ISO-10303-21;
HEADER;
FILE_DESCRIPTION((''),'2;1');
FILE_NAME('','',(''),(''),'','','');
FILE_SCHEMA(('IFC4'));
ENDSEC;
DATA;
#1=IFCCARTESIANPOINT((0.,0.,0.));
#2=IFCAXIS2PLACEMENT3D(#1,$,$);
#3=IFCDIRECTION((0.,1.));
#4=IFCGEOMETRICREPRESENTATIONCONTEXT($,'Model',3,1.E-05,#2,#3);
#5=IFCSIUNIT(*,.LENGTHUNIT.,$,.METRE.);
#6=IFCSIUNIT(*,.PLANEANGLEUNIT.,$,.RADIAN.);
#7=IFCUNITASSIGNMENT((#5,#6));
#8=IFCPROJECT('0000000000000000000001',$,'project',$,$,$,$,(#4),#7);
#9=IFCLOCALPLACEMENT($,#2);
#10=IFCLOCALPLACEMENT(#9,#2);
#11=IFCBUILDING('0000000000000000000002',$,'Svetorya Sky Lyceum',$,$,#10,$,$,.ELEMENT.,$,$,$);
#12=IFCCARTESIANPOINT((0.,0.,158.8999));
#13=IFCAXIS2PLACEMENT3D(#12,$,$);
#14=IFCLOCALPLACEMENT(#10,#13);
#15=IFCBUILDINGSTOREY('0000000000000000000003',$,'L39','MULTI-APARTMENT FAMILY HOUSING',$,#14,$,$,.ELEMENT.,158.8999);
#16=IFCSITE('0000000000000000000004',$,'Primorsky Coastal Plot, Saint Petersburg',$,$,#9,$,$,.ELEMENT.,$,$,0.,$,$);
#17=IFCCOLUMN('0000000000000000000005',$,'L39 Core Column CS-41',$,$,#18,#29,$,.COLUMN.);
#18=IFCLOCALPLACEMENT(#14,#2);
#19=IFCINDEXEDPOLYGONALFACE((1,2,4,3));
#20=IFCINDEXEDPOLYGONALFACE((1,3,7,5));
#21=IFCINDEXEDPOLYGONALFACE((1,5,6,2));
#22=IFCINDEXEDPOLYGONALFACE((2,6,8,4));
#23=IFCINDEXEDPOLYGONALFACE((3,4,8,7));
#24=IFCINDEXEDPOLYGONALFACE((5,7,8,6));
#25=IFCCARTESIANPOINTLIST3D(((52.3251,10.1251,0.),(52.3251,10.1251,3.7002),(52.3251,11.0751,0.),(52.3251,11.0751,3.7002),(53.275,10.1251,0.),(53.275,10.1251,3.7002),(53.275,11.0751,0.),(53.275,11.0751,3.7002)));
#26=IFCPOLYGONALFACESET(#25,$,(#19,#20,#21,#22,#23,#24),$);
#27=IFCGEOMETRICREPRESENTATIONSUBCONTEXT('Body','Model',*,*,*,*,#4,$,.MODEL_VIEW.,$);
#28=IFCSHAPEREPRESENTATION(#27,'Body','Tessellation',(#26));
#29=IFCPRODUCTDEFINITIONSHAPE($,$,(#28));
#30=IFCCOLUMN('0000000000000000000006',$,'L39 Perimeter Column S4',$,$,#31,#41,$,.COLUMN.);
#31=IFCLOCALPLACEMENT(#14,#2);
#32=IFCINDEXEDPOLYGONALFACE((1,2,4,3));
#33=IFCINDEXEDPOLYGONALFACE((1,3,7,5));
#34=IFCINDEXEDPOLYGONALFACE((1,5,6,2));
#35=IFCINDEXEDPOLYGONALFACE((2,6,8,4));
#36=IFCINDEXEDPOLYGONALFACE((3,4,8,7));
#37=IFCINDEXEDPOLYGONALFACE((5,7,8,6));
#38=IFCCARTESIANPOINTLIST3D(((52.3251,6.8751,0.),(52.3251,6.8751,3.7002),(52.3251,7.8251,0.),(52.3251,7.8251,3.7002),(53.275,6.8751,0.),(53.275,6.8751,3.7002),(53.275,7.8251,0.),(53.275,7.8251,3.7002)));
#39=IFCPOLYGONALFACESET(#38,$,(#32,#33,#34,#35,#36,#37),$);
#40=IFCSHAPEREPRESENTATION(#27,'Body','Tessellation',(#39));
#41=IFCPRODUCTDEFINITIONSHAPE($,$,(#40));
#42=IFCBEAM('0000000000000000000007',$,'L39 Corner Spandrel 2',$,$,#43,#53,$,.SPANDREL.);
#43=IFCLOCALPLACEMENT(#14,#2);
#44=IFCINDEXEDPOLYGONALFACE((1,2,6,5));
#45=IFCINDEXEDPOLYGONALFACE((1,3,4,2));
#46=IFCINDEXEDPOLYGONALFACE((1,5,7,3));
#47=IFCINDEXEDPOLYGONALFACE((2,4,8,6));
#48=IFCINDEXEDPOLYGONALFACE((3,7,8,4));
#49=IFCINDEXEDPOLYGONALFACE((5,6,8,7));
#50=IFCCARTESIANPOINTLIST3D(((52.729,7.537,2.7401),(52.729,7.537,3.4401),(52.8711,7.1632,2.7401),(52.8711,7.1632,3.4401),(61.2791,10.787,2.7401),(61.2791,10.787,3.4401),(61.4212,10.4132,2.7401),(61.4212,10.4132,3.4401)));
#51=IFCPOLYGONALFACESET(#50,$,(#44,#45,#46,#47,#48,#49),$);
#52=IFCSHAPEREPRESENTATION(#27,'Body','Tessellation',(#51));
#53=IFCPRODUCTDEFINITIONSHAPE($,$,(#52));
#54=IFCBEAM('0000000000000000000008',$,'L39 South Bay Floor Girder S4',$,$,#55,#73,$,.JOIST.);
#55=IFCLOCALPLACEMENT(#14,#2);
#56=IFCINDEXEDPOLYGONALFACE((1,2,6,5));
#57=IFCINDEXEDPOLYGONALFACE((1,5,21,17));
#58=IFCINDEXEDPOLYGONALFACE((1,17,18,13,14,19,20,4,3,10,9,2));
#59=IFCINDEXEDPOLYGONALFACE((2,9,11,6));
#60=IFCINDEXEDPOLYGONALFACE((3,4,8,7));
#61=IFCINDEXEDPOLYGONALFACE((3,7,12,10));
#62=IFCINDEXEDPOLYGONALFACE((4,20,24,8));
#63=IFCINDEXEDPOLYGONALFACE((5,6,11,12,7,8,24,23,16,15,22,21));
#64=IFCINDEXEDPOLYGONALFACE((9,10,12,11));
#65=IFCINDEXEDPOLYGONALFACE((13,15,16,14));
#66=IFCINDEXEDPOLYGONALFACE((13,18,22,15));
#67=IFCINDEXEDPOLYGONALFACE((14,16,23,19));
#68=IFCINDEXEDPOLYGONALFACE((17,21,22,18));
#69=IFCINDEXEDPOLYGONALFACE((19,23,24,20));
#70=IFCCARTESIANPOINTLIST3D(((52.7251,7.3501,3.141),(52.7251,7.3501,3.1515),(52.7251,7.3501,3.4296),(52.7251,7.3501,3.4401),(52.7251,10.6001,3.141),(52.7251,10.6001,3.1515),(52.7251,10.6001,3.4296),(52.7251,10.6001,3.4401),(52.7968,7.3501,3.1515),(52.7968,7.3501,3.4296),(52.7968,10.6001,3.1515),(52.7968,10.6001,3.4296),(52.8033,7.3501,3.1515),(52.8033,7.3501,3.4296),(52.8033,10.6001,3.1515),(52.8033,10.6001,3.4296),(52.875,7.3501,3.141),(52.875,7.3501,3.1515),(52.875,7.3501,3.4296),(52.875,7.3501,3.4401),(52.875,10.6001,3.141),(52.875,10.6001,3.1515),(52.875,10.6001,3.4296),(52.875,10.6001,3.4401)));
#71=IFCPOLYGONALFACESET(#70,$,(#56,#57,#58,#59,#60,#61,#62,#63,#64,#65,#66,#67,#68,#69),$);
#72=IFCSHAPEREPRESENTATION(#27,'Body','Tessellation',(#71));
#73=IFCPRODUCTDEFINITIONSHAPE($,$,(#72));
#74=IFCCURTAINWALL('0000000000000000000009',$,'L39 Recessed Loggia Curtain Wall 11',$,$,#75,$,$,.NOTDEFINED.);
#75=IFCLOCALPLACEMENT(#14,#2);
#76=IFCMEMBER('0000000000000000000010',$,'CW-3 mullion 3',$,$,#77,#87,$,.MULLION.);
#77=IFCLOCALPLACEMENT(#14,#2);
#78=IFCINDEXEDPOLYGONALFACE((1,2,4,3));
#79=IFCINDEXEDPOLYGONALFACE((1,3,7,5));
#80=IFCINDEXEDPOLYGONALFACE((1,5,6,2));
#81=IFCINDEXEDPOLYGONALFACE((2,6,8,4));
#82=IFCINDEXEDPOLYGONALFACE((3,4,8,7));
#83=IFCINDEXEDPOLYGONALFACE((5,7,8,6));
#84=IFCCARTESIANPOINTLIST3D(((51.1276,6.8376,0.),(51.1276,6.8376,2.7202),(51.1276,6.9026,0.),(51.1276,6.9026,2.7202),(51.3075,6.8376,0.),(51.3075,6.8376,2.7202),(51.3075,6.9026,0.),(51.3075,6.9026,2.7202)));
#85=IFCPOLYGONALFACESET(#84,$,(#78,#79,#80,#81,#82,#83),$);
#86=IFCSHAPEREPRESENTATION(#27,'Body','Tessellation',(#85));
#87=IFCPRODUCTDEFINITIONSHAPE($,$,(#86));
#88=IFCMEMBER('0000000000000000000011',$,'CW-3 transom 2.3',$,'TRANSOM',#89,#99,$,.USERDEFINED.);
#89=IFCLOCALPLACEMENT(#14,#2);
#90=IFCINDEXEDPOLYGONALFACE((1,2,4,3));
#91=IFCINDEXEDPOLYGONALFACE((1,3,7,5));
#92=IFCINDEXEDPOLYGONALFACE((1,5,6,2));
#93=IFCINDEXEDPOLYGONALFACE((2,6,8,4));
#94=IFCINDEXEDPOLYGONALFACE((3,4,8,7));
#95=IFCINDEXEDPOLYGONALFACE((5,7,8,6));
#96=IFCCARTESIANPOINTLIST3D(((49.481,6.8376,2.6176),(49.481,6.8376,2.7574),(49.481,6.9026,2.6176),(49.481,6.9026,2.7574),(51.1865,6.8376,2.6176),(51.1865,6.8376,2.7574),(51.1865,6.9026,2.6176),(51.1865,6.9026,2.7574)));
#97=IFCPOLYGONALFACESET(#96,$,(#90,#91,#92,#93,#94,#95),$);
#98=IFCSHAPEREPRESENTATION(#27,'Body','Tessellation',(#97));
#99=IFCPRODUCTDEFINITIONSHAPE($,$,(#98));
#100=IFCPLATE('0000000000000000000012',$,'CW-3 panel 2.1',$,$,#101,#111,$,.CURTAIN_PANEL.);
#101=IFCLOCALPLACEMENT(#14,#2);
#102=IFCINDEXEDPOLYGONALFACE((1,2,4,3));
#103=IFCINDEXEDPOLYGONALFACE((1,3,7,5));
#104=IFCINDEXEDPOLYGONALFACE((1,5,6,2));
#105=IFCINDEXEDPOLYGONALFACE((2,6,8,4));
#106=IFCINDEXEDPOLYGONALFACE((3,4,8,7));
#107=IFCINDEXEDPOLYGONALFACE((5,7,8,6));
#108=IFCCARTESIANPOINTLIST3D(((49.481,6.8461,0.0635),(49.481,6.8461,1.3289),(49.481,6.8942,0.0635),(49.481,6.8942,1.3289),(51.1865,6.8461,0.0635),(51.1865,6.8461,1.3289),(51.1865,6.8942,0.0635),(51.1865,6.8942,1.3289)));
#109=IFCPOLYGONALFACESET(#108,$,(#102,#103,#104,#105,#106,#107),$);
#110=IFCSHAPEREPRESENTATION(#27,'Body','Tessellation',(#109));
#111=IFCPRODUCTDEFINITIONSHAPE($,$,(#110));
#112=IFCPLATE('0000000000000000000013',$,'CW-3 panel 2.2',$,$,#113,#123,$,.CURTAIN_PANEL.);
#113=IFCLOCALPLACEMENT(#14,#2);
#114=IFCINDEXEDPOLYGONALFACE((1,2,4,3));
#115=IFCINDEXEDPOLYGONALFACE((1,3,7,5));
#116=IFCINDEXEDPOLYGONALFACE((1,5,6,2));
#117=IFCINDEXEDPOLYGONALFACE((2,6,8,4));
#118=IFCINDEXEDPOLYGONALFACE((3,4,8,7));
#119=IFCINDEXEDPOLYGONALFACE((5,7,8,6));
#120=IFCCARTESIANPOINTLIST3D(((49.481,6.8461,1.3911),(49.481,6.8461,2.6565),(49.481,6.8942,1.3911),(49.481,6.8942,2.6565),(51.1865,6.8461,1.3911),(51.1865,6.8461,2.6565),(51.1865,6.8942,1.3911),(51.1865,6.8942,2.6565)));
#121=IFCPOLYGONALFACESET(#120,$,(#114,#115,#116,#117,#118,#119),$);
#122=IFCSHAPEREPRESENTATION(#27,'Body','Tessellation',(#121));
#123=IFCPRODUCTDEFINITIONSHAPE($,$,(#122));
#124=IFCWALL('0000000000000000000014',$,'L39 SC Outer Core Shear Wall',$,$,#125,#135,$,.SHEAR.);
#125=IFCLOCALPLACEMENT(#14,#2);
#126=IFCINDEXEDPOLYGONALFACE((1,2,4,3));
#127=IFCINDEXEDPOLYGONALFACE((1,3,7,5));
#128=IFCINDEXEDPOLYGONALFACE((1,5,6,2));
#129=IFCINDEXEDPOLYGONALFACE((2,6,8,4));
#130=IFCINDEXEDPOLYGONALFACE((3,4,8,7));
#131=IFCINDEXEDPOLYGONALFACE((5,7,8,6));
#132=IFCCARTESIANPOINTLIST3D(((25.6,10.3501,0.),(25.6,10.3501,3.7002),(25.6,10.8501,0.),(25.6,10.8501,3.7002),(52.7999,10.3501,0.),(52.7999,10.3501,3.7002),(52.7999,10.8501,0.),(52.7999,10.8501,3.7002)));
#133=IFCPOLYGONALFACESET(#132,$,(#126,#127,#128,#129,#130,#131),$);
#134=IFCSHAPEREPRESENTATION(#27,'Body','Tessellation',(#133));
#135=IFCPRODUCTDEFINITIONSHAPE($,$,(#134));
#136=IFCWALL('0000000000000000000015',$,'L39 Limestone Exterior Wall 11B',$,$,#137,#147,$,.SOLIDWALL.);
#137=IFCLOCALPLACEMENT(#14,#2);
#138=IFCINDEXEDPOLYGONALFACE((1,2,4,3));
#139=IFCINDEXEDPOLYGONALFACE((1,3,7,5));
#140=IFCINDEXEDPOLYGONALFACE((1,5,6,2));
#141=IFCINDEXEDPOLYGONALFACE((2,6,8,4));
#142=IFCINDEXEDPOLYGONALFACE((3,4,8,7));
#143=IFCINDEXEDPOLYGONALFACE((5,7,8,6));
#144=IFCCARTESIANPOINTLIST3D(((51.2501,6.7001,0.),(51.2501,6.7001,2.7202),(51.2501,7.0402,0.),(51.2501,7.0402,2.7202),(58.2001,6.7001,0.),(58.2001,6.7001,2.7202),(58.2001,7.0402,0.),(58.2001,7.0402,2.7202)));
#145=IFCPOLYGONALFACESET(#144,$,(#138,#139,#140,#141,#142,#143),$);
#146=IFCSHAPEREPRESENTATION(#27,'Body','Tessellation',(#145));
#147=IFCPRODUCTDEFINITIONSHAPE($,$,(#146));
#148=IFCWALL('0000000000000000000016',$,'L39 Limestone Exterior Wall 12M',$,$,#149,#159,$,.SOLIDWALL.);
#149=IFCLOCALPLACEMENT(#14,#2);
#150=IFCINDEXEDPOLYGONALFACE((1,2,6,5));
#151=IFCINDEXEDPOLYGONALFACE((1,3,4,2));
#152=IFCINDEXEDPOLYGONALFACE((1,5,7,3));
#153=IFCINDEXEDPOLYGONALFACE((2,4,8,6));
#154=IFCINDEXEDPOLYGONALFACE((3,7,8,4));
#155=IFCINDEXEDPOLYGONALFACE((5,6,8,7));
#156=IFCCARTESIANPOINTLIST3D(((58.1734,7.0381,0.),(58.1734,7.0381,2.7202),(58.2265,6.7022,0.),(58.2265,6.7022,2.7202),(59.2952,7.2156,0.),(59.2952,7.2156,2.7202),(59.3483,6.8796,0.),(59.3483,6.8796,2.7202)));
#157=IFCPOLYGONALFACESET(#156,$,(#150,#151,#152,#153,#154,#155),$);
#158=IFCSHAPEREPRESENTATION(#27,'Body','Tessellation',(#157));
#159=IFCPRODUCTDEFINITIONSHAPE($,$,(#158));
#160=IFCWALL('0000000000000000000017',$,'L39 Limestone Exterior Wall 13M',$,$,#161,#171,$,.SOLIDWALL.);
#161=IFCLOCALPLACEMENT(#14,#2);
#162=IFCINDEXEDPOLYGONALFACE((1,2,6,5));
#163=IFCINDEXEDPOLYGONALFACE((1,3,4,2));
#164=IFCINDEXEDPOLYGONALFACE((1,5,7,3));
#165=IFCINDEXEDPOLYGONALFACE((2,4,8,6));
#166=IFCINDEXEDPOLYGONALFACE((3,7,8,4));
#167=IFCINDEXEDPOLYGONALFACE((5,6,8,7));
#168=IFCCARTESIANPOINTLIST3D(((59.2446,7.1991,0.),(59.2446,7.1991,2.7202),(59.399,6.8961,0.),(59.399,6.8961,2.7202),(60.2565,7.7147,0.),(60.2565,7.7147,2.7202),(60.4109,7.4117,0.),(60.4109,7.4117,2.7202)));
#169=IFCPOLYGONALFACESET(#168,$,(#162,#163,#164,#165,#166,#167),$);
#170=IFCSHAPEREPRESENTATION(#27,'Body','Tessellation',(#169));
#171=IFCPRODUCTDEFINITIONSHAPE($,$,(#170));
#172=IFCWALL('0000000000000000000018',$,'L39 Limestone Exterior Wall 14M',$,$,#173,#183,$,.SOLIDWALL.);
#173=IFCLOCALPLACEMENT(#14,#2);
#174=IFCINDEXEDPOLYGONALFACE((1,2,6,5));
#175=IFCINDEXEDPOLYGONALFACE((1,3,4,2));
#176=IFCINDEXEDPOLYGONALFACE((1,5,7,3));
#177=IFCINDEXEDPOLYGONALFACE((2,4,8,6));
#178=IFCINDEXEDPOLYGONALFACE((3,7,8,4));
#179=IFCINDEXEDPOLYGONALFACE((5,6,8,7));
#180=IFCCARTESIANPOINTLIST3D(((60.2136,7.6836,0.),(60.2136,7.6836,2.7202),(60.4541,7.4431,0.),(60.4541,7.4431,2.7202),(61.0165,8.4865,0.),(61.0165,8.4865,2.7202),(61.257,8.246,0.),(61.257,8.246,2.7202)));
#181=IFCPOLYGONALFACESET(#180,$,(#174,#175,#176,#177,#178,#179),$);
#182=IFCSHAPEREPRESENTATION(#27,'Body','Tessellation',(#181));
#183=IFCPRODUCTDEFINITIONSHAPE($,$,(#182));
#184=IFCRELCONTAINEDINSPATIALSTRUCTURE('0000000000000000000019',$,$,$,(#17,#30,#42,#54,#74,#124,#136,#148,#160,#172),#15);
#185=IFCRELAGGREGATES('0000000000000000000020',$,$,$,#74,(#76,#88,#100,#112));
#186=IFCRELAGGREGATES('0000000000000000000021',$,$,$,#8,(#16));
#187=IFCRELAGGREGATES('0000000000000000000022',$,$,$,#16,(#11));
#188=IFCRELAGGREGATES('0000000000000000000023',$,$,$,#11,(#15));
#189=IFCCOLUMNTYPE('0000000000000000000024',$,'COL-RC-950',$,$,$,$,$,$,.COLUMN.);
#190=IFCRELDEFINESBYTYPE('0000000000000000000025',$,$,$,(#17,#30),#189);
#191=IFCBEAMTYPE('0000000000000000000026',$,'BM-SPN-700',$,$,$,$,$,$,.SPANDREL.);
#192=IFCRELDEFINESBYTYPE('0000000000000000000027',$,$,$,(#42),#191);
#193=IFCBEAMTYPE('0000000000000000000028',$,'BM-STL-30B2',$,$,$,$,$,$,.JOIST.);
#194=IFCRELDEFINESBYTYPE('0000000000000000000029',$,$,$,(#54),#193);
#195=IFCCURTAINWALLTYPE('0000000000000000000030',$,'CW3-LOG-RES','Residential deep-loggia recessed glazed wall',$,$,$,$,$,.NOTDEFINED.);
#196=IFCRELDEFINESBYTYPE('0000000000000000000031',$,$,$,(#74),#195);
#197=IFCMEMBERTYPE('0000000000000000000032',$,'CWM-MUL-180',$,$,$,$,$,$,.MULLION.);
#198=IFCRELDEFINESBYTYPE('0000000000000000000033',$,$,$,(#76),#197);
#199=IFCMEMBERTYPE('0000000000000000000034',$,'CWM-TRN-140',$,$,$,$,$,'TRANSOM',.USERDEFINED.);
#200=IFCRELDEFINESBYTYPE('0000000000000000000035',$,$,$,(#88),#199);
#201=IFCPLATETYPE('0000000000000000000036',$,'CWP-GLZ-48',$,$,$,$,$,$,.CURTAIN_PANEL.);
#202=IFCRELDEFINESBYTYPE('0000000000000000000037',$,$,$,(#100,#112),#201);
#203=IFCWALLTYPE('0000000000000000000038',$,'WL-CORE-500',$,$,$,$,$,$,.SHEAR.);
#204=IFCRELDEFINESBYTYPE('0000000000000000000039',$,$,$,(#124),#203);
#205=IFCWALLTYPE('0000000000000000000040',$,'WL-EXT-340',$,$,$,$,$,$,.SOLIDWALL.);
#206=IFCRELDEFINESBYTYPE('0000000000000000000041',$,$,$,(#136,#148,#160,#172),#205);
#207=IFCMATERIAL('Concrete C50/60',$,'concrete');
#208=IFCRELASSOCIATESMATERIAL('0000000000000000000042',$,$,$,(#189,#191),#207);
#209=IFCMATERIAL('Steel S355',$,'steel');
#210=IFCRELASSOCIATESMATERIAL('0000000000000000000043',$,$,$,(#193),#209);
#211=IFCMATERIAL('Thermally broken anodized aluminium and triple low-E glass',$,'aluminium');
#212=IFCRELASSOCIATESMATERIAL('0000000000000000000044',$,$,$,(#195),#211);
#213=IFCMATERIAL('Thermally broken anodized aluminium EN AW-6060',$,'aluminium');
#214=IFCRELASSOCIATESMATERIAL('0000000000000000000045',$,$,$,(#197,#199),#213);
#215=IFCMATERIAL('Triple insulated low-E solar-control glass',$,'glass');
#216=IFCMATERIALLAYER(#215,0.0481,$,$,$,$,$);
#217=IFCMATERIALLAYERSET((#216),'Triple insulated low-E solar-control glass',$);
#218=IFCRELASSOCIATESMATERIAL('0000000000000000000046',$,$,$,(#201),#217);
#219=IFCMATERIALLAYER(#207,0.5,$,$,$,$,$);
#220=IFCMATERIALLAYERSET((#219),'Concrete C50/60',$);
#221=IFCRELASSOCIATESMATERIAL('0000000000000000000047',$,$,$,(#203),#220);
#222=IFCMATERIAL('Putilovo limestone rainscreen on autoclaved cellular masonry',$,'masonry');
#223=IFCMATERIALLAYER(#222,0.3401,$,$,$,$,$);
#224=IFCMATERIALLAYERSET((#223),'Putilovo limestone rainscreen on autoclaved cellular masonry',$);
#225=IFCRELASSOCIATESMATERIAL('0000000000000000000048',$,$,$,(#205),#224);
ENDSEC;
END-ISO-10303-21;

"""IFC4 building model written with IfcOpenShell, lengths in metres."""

from ifc_helpers import new_model, si_unit, direction, frame, frame_2d, origin, origin_2d, place, context, subcontext, project, spatial, rectangle, i_section, extrude, material, layer, layer_set, material_profile, profile_set, type_object, element, aggregate, save


model = new_model("IFC4")

# Units and contexts
model_context = context("Model", 3, precision=1e-05, world=origin(), true_north=direction((0.0, 1.0)))
body_context = subcontext(model_context, "Body", "Model", "MODEL_VIEW")
ifc_project = project(units=[si_unit("LENGTHUNIT", "METRE"), si_unit("PLANEANGLEUNIT", "RADIAN")], contexts=[model_context])

# Site, building, storey
site_placement = place(None, origin())
site = spatial("IfcSite", under=ifc_project, at=site_placement, Name="Primorsky Coastal Plot, Saint Petersburg", CompositionType="ELEMENT", RefElevation=0.0)
building_placement = place(site_placement, origin())
building = spatial("IfcBuilding", under=site, at=building_placement, Name="Svetorya Sky Lyceum", CompositionType="ELEMENT")
storey_placement = place(building_placement, frame((0.0, 0.0, 158.8999)))
storey = spatial("IfcBuildingStorey", under=building, at=storey_placement, Name="L39", Description="MULTI-APARTMENT FAMILY HOUSING", CompositionType="ELEMENT", Elevation=158.8999)

# Columns
ifc_material_1 = material(Name="Concrete C50/60", Category="concrete")
ifc_material_profile_1 = material_profile(ifc_material_1, rectangle(XDim=0.95, YDim=0.95, at=origin_2d()), Name="RC COL 950x950")
ifc_profile_set_1 = profile_set([ifc_material_profile_1], Name="Concrete C50/60")
column_type = type_object("IfcColumnType", Name="COL-RC-950", PredefinedType="COLUMN", material=ifc_profile_set_1)
for number, where, z_axis, x_axis, name in (
    (1, (52.8, 10.6001, 0.0), (0.0, 0.0, 1.0), (1.0, 0.0, 0.0), "L39 Core Column CS-41"),
    (2, (52.8, 7.3501, 0.0), (0.0, 0.0, 1.0), (1.0, 0.0, 0.0), "L39 Perimeter Column S4"),
):
    element("IfcColumn", number, at=place(storey_placement, frame(where, z_axis=z_axis, x_axis=x_axis)), inside=storey, type_object=column_type, Name=name, PredefinedType="COLUMN", context=body_context, shape_type="SweptSolid", body=[
        extrude(rectangle(XDim=0.95, YDim=0.95, at=origin_2d()), origin(), (0.0, 0.0, 1.0), 3.7002),
    ])

# Beams
ifc_material_profile_2 = material_profile(ifc_material_1, rectangle(XDim=0.3999, YDim=0.7, at=origin_2d()), Name="RC SPANDREL 400x700")
ifc_profile_set_2 = profile_set([ifc_material_profile_2], Name="Concrete C50/60")
beam_type_1 = type_object("IfcBeamType", Name="BM-SPN-700", PredefinedType="SPANDREL", material=ifc_profile_set_2)
beam_1_placement = place(storey_placement, frame((52.8, 7.3501, 3.0901), z_axis=(0.934748, 0.355312, 0.0), x_axis=(-0.355312, 0.934748, 0.0)))
element("IfcBeam", 3, at=beam_1_placement, inside=storey, type_object=beam_type_1, Name="L39 Corner Spandrel 2", PredefinedType="SPANDREL", context=body_context, shape_type="SweptSolid", body=[
    extrude(rectangle(XDim=0.3999, YDim=0.7, at=origin_2d()), origin(), (0.0, 0.0, 1.0), 9.147),
])
ifc_material_2 = material(Name="Steel S355", Category="steel")
ifc_material_profile_3 = material_profile(ifc_material_2, i_section(OverallWidth=0.1499, OverallDepth=0.2991, WebThickness=0.0066, FlangeThickness=0.0105, at=origin_2d()), Name="GOST 30B2")
ifc_profile_set_3 = profile_set([ifc_material_profile_3], Name="Steel S355")
beam_type_2 = type_object("IfcBeamType", Name="BM-STL-30B2", PredefinedType="JOIST", material=ifc_profile_set_3)
beam_2_placement = place(storey_placement, frame((52.8, 7.3501, 3.2905), z_axis=(0.0, 1.0, 0.0), x_axis=(-1.0, 0.0, 0.0)))
element("IfcBeam", 4, at=beam_2_placement, inside=storey, type_object=beam_type_2, Name="L39 South Bay Floor Girder S4", PredefinedType="JOIST", context=body_context, shape_type="SweptSolid", body=[
    extrude(i_section(OverallWidth=0.1499, OverallDepth=0.2991, WebThickness=0.0066, FlangeThickness=0.0105, at=origin_2d()), origin(), (0.0, 0.0, 1.0), 3.25),
])

# Curtain wall, members, plates
ifc_material_3 = material(Name="Thermally broken anodized aluminium and triple low-E glass", Category="aluminium")
curtain_wall_type = type_object("IfcCurtainWallType", Name="CW3-LOG-RES", Description="Residential deep-loggia recessed glazed wall", PredefinedType="NOTDEFINED", material=ifc_material_3)
curtain_wall_placement = place(storey_placement, origin())
curtain_wall = element("IfcCurtainWall", 5, at=curtain_wall_placement, inside=storey, type_object=curtain_wall_type, Name="L39 Recessed Loggia Curtain Wall 11", PredefinedType="NOTDEFINED")
ifc_material_4 = material(Name="Thermally broken anodized aluminium EN AW-6060", Category="aluminium")
ifc_material_profile_4 = material_profile(ifc_material_4, rectangle(XDim=0.0649, YDim=0.1799, at=origin_2d()), Name="ALU MULLION 65x180")
ifc_profile_set_4 = profile_set([ifc_material_profile_4], Name="Thermally broken anodized aluminium EN AW-6060")
member_type_1 = type_object("IfcMemberType", Name="CWM-MUL-180", PredefinedType="MULLION", material=ifc_profile_set_4)
member_1_placement = place(storey_placement, frame((51.2175, 6.8701, 0.0), z_axis=(0.0, 0.0, 1.0), x_axis=(0.0, 1.0, 0.0)))
member_1 = element("IfcMember", 6, at=member_1_placement, type_object=member_type_1, Name="CW-3 mullion 3", PredefinedType="MULLION", context=body_context, shape_type="SweptSolid", body=[
    extrude(rectangle(XDim=0.0649, YDim=0.1799, at=origin_2d()), origin(), (0.0, 0.0, 1.0), 2.7202),
])
ifc_material_profile_5 = material_profile(ifc_material_4, rectangle(XDim=0.0649, YDim=0.1399, at=origin_2d()), Name="ALU TRANSOM 65x140")
ifc_profile_set_5 = profile_set([ifc_material_profile_5], Name="Thermally broken anodized aluminium EN AW-6060")
member_type_2 = type_object("IfcMemberType", Name="CWM-TRN-140", ElementType="TRANSOM", PredefinedType="USERDEFINED", material=ifc_profile_set_5)
member_2_placement = place(storey_placement, frame((49.481, 6.8701, 2.6875), z_axis=(1.0, 0.0, 0.0), x_axis=(0.0, 1.0, 0.0)))
member_2 = element("IfcMember", 7, at=member_2_placement, type_object=member_type_2, Name="CW-3 transom 2.3", ObjectType="TRANSOM", PredefinedType="USERDEFINED", context=body_context, shape_type="SweptSolid", body=[
    extrude(rectangle(XDim=0.0649, YDim=0.1399, at=origin_2d()), origin(), (0.0, 0.0, 1.0), 1.7056),
])
ifc_material_5 = material(Name="Triple insulated low-E solar-control glass", Category="glass")
ifc_layer_1 = layer(ifc_material_5, 0.0481)
ifc_layer_set_1 = layer_set([ifc_layer_1], Name="Triple insulated low-E solar-control glass")
plate_type = type_object("IfcPlateType", Name="CWP-GLZ-48", PredefinedType="CURTAIN_PANEL", material=ifc_layer_set_1)
plate_1_placement = place(storey_placement, frame((50.3337, 6.8701, 0.0635), z_axis=(0.0, 0.0, 1.0), x_axis=(1.0, 0.0, 0.0)))
plate_1 = element("IfcPlate", 8, at=plate_1_placement, type_object=plate_type, Name="CW-3 panel 2.1", PredefinedType="CURTAIN_PANEL", context=body_context, shape_type="SweptSolid", body=[
    extrude(rectangle(XDim=1.7056, YDim=0.0481, at=origin_2d()), origin(), (0.0, 0.0, 1.0), 1.2654),
])
plate_2_placement = place(storey_placement, frame((50.3337, 6.8701, 1.3911), z_axis=(0.0, 0.0, 1.0), x_axis=(1.0, 0.0, 0.0)))
plate_2 = element("IfcPlate", 9, at=plate_2_placement, type_object=plate_type, Name="CW-3 panel 2.2", PredefinedType="CURTAIN_PANEL", context=body_context, shape_type="SweptSolid", body=[
    extrude(rectangle(XDim=1.7056, YDim=0.0481, at=origin_2d()), origin(), (0.0, 0.0, 1.0), 1.2654),
])
aggregate(curtain_wall, [member_1, member_2, plate_1, plate_2])

# Walls
ifc_layer_2 = layer(ifc_material_1, 0.5)
ifc_layer_set_2 = layer_set([ifc_layer_2], Name="Concrete C50/60")
wall_type_1 = type_object("IfcWallType", Name="WL-CORE-500", PredefinedType="SHEAR", material=ifc_layer_set_2)
wall_1_placement = place(storey_placement, frame((52.8, 10.6001, 0.0), z_axis=(0.0, 0.0, 1.0), x_axis=(-1.0, 0.0, 0.0)))
element("IfcWall", 10, at=wall_1_placement, inside=storey, type_object=wall_type_1, Name="L39 SC Outer Core Shear Wall", PredefinedType="SHEAR", context=body_context, shape_type="SweptSolid", body=[
    extrude(rectangle(XDim=27.2, YDim=0.5, at=frame_2d((13.6001, 0.0))), origin(), (0.0, 0.0, 1.0), 3.7002),
])
ifc_material_6 = material(Name="Putilovo limestone rainscreen on autoclaved cellular masonry", Category="masonry")
ifc_layer_3 = layer(ifc_material_6, 0.3401)
ifc_layer_set_3 = layer_set([ifc_layer_3], Name="Putilovo limestone rainscreen on autoclaved cellular masonry")
wall_type_2 = type_object("IfcWallType", Name="WL-EXT-340", PredefinedType="SOLIDWALL", material=ifc_layer_set_3)
wall_2_placement = place(storey_placement, frame((51.25, 6.8701, 0.0), z_axis=(0.0, 0.0, 1.0), x_axis=(1.0, 0.0, 0.0)))
element("IfcWall", 11, at=wall_2_placement, inside=storey, type_object=wall_type_2, Name="L39 Limestone Exterior Wall 11B", PredefinedType="SOLIDWALL", context=body_context, shape_type="SweptSolid", body=[
    extrude(rectangle(XDim=6.95, YDim=0.3401, at=frame_2d((3.4751, 0.0))), origin(), (0.0, 0.0, 1.0), 2.7202),
])
for number, where, z_axis, x_axis, name in (
    (12, (58.2, 6.8701, 0.0), (0.0, 0.0, 1.0), (0.987714, 0.156272, 0.0), "L39 Limestone Exterior Wall 12M"),
    (13, (59.3218, 7.0476, 0.0), (0.0, 0.0, 1.0), (0.891005, 0.453993, 0.0), "L39 Limestone Exterior Wall 13M"),
):
    element("IfcWall", number, at=place(storey_placement, frame(where, z_axis=z_axis, x_axis=x_axis)), inside=storey, type_object=wall_type_2, Name=name, PredefinedType="SOLIDWALL", context=body_context, shape_type="SweptSolid", body=[
        extrude(rectangle(XDim=1.1357, YDim=0.3401, at=frame_2d((0.5679, 0.0))), origin(), (0.0, 0.0, 1.0), 2.7202),
    ])
wall_3_placement = place(storey_placement, frame((60.3337, 7.5632, 0.0), z_axis=(0.0, 0.0, 1.0), x_axis=(0.707107, 0.707107, 0.0)))
element("IfcWall", 14, at=wall_3_placement, inside=storey, type_object=wall_type_2, Name="L39 Limestone Exterior Wall 14M", PredefinedType="SOLIDWALL", context=body_context, shape_type="SweptSolid", body=[
    extrude(rectangle(XDim=1.1355, YDim=0.3401, at=frame_2d((0.5679, 0.0))), origin(), (0.0, 0.0, 1.0), 2.7202),
])

save(model, "model.ifc")
